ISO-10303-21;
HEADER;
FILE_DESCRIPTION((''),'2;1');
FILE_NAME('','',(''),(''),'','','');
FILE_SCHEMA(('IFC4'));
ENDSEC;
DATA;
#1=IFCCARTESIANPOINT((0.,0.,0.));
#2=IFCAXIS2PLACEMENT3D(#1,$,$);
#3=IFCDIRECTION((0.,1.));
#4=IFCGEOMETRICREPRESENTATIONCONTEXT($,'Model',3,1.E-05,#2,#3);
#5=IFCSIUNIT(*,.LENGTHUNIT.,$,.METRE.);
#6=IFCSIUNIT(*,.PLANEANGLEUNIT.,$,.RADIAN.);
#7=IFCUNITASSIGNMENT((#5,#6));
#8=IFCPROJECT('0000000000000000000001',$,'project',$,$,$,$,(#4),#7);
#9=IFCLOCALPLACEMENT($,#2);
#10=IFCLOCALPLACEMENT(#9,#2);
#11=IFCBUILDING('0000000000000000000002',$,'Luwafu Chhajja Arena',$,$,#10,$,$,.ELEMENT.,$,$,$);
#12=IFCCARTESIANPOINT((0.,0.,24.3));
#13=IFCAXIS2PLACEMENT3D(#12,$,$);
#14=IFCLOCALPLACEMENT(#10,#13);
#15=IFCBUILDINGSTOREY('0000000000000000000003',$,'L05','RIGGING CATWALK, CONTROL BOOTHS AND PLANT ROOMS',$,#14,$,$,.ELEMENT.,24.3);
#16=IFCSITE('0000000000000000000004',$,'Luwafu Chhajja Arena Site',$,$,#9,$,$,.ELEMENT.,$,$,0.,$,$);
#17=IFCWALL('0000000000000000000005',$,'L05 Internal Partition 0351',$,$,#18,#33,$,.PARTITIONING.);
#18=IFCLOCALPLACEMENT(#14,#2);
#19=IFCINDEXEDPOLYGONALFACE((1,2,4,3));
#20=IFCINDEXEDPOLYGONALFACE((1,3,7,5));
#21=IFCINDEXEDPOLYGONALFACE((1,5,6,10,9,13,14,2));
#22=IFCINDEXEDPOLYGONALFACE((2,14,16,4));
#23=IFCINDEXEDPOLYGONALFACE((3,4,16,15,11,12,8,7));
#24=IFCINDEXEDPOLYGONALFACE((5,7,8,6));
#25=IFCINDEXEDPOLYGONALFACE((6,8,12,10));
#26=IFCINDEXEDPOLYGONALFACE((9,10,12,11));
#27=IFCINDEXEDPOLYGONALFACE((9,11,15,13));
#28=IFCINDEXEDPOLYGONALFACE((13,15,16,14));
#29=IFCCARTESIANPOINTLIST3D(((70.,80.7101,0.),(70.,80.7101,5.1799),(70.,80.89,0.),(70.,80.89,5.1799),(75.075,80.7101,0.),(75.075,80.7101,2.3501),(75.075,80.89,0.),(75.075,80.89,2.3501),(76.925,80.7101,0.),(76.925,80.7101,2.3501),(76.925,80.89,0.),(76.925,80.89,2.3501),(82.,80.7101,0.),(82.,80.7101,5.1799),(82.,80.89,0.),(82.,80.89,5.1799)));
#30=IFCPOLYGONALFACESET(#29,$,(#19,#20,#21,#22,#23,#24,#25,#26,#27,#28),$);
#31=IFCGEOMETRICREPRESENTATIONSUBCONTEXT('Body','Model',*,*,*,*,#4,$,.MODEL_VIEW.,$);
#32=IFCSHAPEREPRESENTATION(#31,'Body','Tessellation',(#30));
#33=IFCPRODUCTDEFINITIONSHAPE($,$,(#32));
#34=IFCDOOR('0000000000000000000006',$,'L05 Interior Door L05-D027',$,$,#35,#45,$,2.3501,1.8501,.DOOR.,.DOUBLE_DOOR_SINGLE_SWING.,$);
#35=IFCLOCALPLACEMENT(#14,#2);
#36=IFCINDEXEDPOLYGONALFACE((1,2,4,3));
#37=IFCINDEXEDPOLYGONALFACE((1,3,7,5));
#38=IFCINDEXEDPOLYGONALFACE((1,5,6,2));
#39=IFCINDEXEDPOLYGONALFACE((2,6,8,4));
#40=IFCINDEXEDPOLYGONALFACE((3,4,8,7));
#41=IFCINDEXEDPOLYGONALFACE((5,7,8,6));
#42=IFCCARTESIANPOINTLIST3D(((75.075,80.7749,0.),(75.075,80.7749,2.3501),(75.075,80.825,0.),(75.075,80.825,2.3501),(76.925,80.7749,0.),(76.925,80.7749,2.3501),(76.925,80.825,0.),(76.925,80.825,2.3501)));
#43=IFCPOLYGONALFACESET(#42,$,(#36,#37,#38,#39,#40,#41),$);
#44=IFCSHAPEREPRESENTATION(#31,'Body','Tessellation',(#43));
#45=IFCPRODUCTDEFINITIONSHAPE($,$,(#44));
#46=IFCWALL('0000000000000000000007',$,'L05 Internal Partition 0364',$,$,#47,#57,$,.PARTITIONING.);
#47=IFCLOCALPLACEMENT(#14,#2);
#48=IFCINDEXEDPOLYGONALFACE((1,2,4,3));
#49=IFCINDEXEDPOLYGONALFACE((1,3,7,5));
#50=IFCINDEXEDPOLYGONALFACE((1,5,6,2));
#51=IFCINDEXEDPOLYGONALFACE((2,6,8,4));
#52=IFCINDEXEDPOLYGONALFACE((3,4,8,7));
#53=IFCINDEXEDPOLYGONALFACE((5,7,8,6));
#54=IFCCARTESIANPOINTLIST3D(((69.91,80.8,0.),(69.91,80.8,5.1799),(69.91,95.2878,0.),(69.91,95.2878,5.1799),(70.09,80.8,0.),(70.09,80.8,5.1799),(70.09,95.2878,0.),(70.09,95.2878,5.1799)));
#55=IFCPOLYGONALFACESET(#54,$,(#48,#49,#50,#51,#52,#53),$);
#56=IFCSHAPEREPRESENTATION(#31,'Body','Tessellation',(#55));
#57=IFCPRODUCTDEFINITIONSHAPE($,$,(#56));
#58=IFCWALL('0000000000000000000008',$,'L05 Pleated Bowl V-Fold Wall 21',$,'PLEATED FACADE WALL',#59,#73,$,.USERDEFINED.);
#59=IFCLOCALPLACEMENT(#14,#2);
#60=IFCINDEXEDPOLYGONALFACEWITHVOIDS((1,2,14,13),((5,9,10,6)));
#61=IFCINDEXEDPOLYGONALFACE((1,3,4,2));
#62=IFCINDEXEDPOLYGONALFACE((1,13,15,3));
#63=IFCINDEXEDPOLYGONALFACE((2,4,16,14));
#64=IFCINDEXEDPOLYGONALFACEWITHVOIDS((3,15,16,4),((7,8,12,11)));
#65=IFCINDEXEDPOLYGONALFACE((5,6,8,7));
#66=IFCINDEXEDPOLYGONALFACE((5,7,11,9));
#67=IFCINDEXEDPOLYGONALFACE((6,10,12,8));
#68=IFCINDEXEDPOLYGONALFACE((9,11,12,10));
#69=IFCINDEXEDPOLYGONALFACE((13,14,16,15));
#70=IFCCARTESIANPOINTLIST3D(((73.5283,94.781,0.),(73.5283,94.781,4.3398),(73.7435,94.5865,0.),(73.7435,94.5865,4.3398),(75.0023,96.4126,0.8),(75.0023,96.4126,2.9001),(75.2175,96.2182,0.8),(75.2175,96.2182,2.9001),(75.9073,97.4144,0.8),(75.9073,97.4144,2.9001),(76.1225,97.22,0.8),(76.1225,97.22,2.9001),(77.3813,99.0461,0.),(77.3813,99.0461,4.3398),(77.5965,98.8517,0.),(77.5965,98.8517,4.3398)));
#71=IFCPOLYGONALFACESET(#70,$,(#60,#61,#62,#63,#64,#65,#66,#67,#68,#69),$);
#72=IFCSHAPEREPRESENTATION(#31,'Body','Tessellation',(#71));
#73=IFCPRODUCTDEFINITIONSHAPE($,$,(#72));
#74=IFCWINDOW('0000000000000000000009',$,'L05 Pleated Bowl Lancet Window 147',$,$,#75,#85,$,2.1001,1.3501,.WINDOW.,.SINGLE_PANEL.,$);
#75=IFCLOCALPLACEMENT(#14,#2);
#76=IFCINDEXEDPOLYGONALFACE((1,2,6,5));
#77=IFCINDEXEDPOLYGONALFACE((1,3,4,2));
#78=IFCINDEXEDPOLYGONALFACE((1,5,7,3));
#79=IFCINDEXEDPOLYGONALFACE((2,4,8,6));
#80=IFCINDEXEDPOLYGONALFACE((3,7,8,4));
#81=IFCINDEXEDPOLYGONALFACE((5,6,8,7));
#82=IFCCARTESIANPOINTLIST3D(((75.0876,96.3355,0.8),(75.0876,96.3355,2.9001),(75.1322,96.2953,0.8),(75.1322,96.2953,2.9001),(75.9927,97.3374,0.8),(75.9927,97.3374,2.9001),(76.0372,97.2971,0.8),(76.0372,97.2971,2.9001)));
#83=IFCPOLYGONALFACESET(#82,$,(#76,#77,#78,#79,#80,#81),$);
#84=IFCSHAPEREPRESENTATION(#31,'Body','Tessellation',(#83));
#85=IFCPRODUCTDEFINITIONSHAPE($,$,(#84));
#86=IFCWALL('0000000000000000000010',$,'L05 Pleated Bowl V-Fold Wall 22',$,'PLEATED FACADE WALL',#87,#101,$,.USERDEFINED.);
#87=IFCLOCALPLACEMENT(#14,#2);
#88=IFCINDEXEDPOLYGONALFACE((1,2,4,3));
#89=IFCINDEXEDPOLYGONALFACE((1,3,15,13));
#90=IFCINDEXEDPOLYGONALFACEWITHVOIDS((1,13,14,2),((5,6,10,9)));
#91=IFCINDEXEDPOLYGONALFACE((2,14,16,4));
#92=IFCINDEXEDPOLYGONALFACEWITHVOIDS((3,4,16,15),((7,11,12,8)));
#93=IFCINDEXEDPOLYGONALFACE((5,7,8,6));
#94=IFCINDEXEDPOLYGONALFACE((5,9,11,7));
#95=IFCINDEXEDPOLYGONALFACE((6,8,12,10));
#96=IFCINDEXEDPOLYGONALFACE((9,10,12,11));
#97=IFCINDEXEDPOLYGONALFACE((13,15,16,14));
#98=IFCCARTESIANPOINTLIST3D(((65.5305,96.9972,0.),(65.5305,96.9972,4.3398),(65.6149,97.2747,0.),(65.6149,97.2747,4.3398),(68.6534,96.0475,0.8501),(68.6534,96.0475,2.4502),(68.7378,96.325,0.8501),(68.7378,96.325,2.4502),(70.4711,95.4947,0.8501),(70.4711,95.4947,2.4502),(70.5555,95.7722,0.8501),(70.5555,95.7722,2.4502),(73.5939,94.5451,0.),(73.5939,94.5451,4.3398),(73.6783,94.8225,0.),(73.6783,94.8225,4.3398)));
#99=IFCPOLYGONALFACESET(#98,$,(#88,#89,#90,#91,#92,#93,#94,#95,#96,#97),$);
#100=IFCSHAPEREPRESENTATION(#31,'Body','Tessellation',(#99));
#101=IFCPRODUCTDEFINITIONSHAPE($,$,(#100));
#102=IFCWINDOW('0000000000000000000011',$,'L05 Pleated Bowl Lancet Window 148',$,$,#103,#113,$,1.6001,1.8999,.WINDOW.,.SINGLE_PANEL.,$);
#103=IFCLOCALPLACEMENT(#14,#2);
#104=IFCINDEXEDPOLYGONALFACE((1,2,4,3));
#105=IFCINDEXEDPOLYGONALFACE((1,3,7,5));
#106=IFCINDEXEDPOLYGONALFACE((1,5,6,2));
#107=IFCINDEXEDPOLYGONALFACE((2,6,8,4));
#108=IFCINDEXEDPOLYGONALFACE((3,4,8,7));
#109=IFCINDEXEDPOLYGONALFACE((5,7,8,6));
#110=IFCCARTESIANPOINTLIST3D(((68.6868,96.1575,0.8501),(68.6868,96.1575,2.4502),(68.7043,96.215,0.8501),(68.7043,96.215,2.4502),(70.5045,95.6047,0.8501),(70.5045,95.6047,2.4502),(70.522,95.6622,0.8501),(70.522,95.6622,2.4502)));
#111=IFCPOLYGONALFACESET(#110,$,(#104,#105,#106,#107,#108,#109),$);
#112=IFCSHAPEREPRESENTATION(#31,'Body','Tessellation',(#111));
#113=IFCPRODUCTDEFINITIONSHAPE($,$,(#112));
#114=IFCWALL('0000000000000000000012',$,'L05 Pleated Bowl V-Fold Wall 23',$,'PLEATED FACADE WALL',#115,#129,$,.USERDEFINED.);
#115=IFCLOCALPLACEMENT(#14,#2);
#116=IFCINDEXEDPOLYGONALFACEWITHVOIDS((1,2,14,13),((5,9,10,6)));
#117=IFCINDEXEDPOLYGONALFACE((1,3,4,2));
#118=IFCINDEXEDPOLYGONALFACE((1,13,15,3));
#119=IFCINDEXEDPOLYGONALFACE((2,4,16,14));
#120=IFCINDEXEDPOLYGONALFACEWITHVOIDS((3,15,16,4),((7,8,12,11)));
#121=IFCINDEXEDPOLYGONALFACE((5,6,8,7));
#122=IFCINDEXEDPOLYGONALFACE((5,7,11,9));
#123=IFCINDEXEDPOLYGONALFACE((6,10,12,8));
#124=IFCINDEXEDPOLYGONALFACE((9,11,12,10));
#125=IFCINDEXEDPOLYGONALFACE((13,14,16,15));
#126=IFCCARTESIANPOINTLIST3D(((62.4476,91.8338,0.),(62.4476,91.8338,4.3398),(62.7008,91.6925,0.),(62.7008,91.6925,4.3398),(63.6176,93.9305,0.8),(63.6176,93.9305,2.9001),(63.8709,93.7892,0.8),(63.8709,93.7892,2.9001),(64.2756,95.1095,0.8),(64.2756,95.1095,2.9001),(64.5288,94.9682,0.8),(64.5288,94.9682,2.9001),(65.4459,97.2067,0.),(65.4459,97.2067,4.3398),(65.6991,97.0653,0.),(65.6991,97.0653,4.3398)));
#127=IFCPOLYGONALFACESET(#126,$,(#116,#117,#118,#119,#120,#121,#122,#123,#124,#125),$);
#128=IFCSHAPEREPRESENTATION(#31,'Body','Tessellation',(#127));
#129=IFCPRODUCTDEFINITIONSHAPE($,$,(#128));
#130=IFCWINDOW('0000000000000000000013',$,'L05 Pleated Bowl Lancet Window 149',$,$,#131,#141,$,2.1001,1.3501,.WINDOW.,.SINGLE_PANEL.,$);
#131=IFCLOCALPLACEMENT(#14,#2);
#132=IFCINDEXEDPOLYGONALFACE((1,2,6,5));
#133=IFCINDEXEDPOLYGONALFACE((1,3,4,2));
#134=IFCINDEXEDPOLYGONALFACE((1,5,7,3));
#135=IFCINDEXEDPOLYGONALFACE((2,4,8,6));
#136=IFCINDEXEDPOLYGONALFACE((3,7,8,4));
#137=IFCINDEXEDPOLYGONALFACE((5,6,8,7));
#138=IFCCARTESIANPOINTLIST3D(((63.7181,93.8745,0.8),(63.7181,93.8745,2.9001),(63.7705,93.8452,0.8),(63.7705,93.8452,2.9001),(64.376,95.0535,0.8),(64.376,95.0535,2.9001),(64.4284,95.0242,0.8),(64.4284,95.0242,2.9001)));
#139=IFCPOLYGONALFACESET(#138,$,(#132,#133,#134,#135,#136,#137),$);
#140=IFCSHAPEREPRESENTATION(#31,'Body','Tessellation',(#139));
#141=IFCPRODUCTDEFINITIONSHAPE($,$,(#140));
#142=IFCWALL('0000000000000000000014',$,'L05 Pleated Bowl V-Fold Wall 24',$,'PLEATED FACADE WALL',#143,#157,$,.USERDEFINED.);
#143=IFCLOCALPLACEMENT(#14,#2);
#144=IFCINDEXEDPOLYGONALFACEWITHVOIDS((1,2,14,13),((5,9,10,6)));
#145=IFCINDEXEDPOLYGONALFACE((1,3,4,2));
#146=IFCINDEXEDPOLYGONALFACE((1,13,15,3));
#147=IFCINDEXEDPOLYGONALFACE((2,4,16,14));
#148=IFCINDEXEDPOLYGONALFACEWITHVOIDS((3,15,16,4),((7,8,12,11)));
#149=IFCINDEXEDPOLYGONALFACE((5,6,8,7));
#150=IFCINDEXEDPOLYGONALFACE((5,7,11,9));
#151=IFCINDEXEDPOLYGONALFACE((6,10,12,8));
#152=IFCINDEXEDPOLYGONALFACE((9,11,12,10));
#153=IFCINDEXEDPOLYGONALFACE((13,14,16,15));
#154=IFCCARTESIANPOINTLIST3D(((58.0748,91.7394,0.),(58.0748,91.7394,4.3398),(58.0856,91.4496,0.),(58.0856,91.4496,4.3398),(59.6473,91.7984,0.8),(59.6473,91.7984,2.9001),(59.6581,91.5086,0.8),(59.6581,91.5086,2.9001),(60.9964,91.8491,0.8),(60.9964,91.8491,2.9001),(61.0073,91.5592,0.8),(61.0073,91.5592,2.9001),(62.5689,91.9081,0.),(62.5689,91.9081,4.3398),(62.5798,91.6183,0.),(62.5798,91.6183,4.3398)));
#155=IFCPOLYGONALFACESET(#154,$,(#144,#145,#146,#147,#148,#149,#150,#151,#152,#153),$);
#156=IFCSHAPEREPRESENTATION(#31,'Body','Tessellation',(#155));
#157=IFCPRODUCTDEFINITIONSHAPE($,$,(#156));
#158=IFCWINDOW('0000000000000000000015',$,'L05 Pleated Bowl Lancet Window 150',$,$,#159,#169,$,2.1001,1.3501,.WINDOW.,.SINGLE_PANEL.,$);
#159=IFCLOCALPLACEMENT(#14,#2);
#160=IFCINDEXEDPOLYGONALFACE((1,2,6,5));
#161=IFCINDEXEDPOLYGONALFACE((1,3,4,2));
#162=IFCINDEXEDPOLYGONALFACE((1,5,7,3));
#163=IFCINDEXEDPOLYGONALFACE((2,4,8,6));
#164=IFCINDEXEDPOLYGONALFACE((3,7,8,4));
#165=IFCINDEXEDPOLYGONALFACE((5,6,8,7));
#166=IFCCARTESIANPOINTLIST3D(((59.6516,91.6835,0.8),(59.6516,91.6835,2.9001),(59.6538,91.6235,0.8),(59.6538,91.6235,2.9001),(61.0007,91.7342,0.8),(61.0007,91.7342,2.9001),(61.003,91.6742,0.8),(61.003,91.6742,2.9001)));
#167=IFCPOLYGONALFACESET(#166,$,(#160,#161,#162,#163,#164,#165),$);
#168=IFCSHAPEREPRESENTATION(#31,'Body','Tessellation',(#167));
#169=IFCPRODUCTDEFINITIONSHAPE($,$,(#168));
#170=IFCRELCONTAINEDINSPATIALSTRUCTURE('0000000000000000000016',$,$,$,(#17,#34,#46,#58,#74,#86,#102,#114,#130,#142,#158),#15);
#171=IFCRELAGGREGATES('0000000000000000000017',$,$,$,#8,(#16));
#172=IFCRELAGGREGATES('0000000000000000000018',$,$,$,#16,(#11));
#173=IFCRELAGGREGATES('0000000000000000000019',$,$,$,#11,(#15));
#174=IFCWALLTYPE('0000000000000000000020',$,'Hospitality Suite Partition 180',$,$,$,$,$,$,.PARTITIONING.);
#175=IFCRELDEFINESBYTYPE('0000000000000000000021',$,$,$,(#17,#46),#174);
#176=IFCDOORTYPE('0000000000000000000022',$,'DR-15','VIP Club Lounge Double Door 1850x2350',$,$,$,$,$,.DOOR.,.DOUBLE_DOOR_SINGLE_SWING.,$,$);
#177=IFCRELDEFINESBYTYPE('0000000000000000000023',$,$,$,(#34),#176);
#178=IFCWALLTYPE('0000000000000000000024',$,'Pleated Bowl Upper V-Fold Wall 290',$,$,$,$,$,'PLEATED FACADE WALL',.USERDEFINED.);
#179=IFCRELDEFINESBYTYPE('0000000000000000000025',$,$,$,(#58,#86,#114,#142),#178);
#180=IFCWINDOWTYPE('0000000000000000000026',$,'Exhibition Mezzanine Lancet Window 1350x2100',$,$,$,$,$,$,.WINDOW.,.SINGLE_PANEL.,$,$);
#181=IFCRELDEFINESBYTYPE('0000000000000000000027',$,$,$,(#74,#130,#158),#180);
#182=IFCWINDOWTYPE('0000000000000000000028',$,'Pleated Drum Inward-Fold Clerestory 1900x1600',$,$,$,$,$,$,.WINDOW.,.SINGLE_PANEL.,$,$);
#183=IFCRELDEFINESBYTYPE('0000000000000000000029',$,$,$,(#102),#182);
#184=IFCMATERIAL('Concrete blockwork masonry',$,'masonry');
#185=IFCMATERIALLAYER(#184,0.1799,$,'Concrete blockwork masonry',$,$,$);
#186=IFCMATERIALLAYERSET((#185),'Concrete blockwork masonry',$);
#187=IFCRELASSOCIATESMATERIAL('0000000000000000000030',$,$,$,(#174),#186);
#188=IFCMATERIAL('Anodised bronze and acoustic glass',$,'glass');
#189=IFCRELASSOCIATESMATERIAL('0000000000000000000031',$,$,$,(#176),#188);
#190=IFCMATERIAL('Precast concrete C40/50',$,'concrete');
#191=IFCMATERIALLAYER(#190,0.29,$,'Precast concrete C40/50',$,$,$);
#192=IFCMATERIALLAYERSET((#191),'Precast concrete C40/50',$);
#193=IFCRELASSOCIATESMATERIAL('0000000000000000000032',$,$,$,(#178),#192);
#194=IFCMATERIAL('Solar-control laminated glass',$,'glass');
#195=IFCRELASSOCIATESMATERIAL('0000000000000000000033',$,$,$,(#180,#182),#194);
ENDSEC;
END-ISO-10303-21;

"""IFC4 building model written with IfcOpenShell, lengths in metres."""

from ifc_helpers import new_model, si_unit, direction, frame, frame_2d, origin, place, context, subcontext, project, spatial, rectangle, extrude, material, layer, layer_set, type_object, element, fill, save


model = new_model("IFC4")

# Units and contexts
model_context = context("Model", 3, precision=1e-05, world=origin(), true_north=direction((0.0, 1.0)))
body_context = subcontext(model_context, "Body", "Model", "MODEL_VIEW")
ifc_project = project(units=[si_unit("LENGTHUNIT", "METRE"), si_unit("PLANEANGLEUNIT", "RADIAN")], contexts=[model_context])

# Site, building, storey
site_placement = place(None, origin())
site = spatial("IfcSite", under=ifc_project, at=site_placement, Name="Luwafu Chhajja Arena Site", CompositionType="ELEMENT", RefElevation=0.0)
building_placement = place(site_placement, origin())
building = spatial("IfcBuilding", under=site, at=building_placement, Name="Luwafu Chhajja Arena", CompositionType="ELEMENT")
storey_placement = place(building_placement, frame((0.0, 0.0, 24.3)))
storey = spatial("IfcBuildingStorey", under=building, at=storey_placement, Name="L05", Description="RIGGING CATWALK, CONTROL BOOTHS AND PLANT ROOMS", CompositionType="ELEMENT", Elevation=24.3)

# Shared definitions
ifc_material_1 = material(Name="Solar-control laminated glass", Category="glass")

# Wall, opening, door
ifc_material_2 = material(Name="Concrete blockwork masonry", Category="masonry")
ifc_layer_1 = layer(ifc_material_2, 0.1799, Name="Concrete blockwork masonry")
ifc_layer_set_1 = layer_set([ifc_layer_1], Name="Concrete blockwork masonry")
wall_type_1 = type_object("IfcWallType", Name="Hospitality Suite Partition 180", PredefinedType="PARTITIONING", material=ifc_layer_set_1)
wall_1_placement = place(storey_placement, frame((70.0, 80.8, 0.0), z_axis=(0.0, 0.0, 1.0), x_axis=(1.0, 0.0, 0.0)))
wall_1 = element("IfcWall", 1, at=wall_1_placement, inside=storey, type_object=wall_type_1, Name="L05 Internal Partition 0351", PredefinedType="PARTITIONING", context=body_context, shape_type="SweptSolid", body=[
    extrude(rectangle(XDim=12.0, YDim=0.1799, at=frame_2d((6.0, 0.0))), origin(), (0.0, 0.0, 1.0), 5.1799),
])
opening_1_placement = place(wall_1_placement, frame((5.075, 0.0, 0.0)))
opening_1 = element("IfcOpeningElement", 2, at=opening_1_placement, cuts=wall_1, PredefinedType="OPENING", context=body_context, shape_type="SweptSolid", body=[
    extrude(rectangle(XDim=1.8501, YDim=2.3501, at=frame_2d((0.925, 1.175))), frame((0.0, 0.0999, 0.0), z_axis=(0.0, -1.0, 0.0), x_axis=(1.0, 0.0, 0.0)), (0.0, 0.0, 1.0), 0.2),
])
ifc_material_3 = material(Name="Anodised bronze and acoustic glass", Category="glass")
door_type = type_object("IfcDoorType", Name="DR-15", Description="VIP Club Lounge Double Door 1850x2350", OperationType="DOUBLE_DOOR_SINGLE_SWING", PredefinedType="DOOR", material=ifc_material_3)
door_placement = place(opening_1_placement, origin())
door = element("IfcDoor", 3, at=door_placement, inside=storey, type_object=door_type, Name="L05 Interior Door L05-D027", OperationType="DOUBLE_DOOR_SINGLE_SWING", OverallHeight=2.3501, OverallWidth=1.8501, PredefinedType="DOOR", context=body_context, shape_type="SweptSolid", body=[
    extrude(rectangle(XDim=1.8501, YDim=2.3501, at=frame_2d((0.925, 1.175))), frame((0.0, 0.0249, 0.0), z_axis=(0.0, -1.0, 0.0), x_axis=(1.0, 0.0, 0.0)), (0.0, 0.0, 1.0), 0.05),
])
fill(opening_1, door)

# Wall
wall_2_placement = place(storey_placement, frame((70.0, 80.8, 0.0), z_axis=(0.0, 0.0, 1.0), x_axis=(0.0, 1.0, 0.0)))
element("IfcWall", 4, at=wall_2_placement, inside=storey, type_object=wall_type_1, Name="L05 Internal Partition 0364", PredefinedType="PARTITIONING", context=body_context, shape_type="SweptSolid", body=[
    extrude(rectangle(XDim=14.4878, YDim=0.1799, at=frame_2d((7.2439, 0.0))), origin(), (0.0, 0.0, 1.0), 5.1799),
])

# Walls, openings, windows
ifc_material_4 = material(Name="Precast concrete C40/50", Category="concrete")
ifc_layer_2 = layer(ifc_material_4, 0.29, Name="Precast concrete C40/50")
ifc_layer_set_2 = layer_set([ifc_layer_2], Name="Precast concrete C40/50")
wall_type_2 = type_object("IfcWallType", Name="Pleated Bowl Upper V-Fold Wall 290", ElementType="PLEATED FACADE WALL", PredefinedType="USERDEFINED", material=ifc_layer_set_2)
wall_3_placement = place(storey_placement, frame((77.489, 98.949, 0.0), z_axis=(0.0, 0.0, 1.0), x_axis=(-0.670348, -0.742047, 0.0)))
wall_3 = element("IfcWall", 5, at=wall_3_placement, inside=storey, type_object=wall_type_2, Name="L05 Pleated Bowl V-Fold Wall 21", ObjectType="PLEATED FACADE WALL", PredefinedType="USERDEFINED", context=body_context, shape_type="SweptSolid", body=[
    extrude(rectangle(XDim=5.7478, YDim=0.29, at=frame_2d((2.874, 0.0))), origin(), (0.0, 0.0, 1.0), 4.3398),
])
opening_2_placement = place(wall_3_placement, frame((2.199, 0.0, 0.8)))
opening_2 = element("IfcOpeningElement", 6, at=opening_2_placement, cuts=wall_3, PredefinedType="OPENING", context=body_context, shape_type="SweptSolid", body=[
    extrude(rectangle(XDim=1.3501, YDim=2.1001, at=frame_2d((0.675, 1.05))), frame((0.0, 0.155, 0.0), z_axis=(0.0, -1.0, 0.0), x_axis=(1.0, 0.0, 0.0)), (0.0, 0.0, 1.0), 0.3101),
])
window_type_1 = type_object("IfcWindowType", Name="Exhibition Mezzanine Lancet Window 1350x2100", PartitioningType="SINGLE_PANEL", PredefinedType="WINDOW", material=ifc_material_1)
window_1_placement = place(opening_2_placement, origin())
window_1 = element("IfcWindow", 7, at=window_1_placement, inside=storey, type_object=window_type_1, Name="L05 Pleated Bowl Lancet Window 147", OverallHeight=2.1001, OverallWidth=1.3501, PartitioningType="SINGLE_PANEL", PredefinedType="WINDOW", context=body_context, shape_type="SweptSolid", body=[
    extrude(rectangle(XDim=1.3501, YDim=2.1001, at=frame_2d((0.675, 1.05))), frame((0.0, 0.03, 0.0), z_axis=(0.0, -1.0, 0.0), x_axis=(1.0, 0.0, 0.0)), (0.0, 0.0, 1.0), 0.0601),
])
fill(opening_2, window_1)
wall_4_placement = place(storey_placement, frame((73.636, 94.6838, 0.0), z_axis=(0.0, 0.0, 1.0), x_axis=(-0.956738, 0.29095, 0.0)))
wall_4 = element("IfcWall", 8, at=wall_4_placement, inside=storey, type_object=wall_type_2, Name="L05 Pleated Bowl V-Fold Wall 22", ObjectType="PLEATED FACADE WALL", PredefinedType="USERDEFINED", context=body_context, shape_type="SweptSolid", body=[
    extrude(rectangle(XDim=8.428, YDim=0.29, at=frame_2d((4.2139, 0.0))), origin(), (0.0, 0.0, 1.0), 4.3398),
])
opening_3_placement = place(wall_4_placement, frame((3.2639, 0.0, 0.8501)))
opening_3 = element("IfcOpeningElement", 9, at=opening_3_placement, cuts=wall_4, PredefinedType="OPENING", context=body_context, shape_type="SweptSolid", body=[
    extrude(rectangle(XDim=1.8999, YDim=1.6001, at=frame_2d((0.95, 0.8))), frame((0.0, 0.155, 0.0), z_axis=(0.0, -1.0, 0.0), x_axis=(1.0, 0.0, 0.0)), (0.0, 0.0, 1.0), 0.3101),
])
window_type_2 = type_object("IfcWindowType", Name="Pleated Drum Inward-Fold Clerestory 1900x1600", PartitioningType="SINGLE_PANEL", PredefinedType="WINDOW", material=ifc_material_1)
window_2_placement = place(opening_3_placement, origin())
window_2 = element("IfcWindow", 10, at=window_2_placement, inside=storey, type_object=window_type_2, Name="L05 Pleated Bowl Lancet Window 148", OverallHeight=1.6001, OverallWidth=1.8999, PartitioningType="SINGLE_PANEL", PredefinedType="WINDOW", context=body_context, shape_type="SweptSolid", body=[
    extrude(rectangle(XDim=1.8999, YDim=1.6001, at=frame_2d((0.95, 0.8))), frame((0.0, 0.03, 0.0), z_axis=(0.0, -1.0, 0.0), x_axis=(1.0, 0.0, 0.0)), (0.0, 0.0, 1.0), 0.0601),
])
fill(opening_3, window_2)
wall_5_placement = place(storey_placement, frame((65.5725, 97.136, 0.0), z_axis=(0.0, 0.0, 1.0), x_axis=(-0.487306, -0.873231, 0.0)))
wall_5 = element("IfcWall", 11, at=wall_5_placement, inside=storey, type_object=wall_type_2, Name="L05 Pleated Bowl V-Fold Wall 23", ObjectType="PLEATED FACADE WALL", PredefinedType="USERDEFINED", context=body_context, shape_type="SweptSolid", body=[
    extrude(rectangle(XDim=6.1528, YDim=0.29, at=frame_2d((3.0764, 0.0))), origin(), (0.0, 0.0, 1.0), 4.3398),
])
opening_4_placement = place(wall_5_placement, frame((2.4016, 0.0, 0.8)))
opening_4 = element("IfcOpeningElement", 12, at=opening_4_placement, cuts=wall_5, PredefinedType="OPENING", context=body_context, shape_type="SweptSolid", body=[
    extrude(rectangle(XDim=1.3501, YDim=2.1001, at=frame_2d((0.675, 1.05))), frame((0.0, 0.155, 0.0), z_axis=(0.0, -1.0, 0.0), x_axis=(1.0, 0.0, 0.0)), (0.0, 0.0, 1.0), 0.3101),
])
window_3_placement = place(opening_4_placement, origin())
window_3 = element("IfcWindow", 13, at=window_3_placement, inside=storey, type_object=window_type_1, Name="L05 Pleated Bowl Lancet Window 149", OverallHeight=2.1001, OverallWidth=1.3501, PartitioningType="SINGLE_PANEL", PredefinedType="WINDOW", context=body_context, shape_type="SweptSolid", body=[
    extrude(rectangle(XDim=1.3501, YDim=2.1001, at=frame_2d((0.675, 1.05))), frame((0.0, 0.03, 0.0), z_axis=(0.0, -1.0, 0.0), x_axis=(1.0, 0.0, 0.0)), (0.0, 0.0, 1.0), 0.0601),
])
fill(opening_4, window_3)
wall_6_placement = place(storey_placement, frame((62.5742, 91.7632, 0.0), z_axis=(0.0, 0.0, 1.0), x_axis=(-0.999296, -0.037512, 0.0)))
wall_6 = element("IfcWall", 14, at=wall_6_placement, inside=storey, type_object=wall_type_2, Name="L05 Pleated Bowl V-Fold Wall 24", ObjectType="PLEATED FACADE WALL", PredefinedType="USERDEFINED", context=body_context, shape_type="SweptSolid", body=[
    extrude(rectangle(XDim=4.4973, YDim=0.29, at=frame_2d((2.2485, 0.0))), origin(), (0.0, 0.0, 1.0), 4.3398),
])
opening_5_placement = place(wall_6_placement, frame((1.5735, 0.0, 0.8)))
opening_5 = element("IfcOpeningElement", 15, at=opening_5_placement, cuts=wall_6, PredefinedType="OPENING", context=body_context, shape_type="SweptSolid", body=[
    extrude(rectangle(XDim=1.3501, YDim=2.1001, at=frame_2d((0.675, 1.05))), frame((0.0, 0.155, 0.0), z_axis=(0.0, -1.0, 0.0), x_axis=(1.0, 0.0, 0.0)), (0.0, 0.0, 1.0), 0.3101),
])
window_4_placement = place(opening_5_placement, origin())
window_4 = element("IfcWindow", 16, at=window_4_placement, inside=storey, type_object=window_type_1, Name="L05 Pleated Bowl Lancet Window 150", OverallHeight=2.1001, OverallWidth=1.3501, PartitioningType="SINGLE_PANEL", PredefinedType="WINDOW", context=body_context, shape_type="SweptSolid", body=[
    extrude(rectangle(XDim=1.3501, YDim=2.1001, at=frame_2d((0.675, 1.05))), frame((0.0, 0.03, 0.0), z_axis=(0.0, -1.0, 0.0), x_axis=(1.0, 0.0, 0.0)), (0.0, 0.0, 1.0), 0.0601),
])
fill(opening_5, window_4)

save(model, "model.ifc")
